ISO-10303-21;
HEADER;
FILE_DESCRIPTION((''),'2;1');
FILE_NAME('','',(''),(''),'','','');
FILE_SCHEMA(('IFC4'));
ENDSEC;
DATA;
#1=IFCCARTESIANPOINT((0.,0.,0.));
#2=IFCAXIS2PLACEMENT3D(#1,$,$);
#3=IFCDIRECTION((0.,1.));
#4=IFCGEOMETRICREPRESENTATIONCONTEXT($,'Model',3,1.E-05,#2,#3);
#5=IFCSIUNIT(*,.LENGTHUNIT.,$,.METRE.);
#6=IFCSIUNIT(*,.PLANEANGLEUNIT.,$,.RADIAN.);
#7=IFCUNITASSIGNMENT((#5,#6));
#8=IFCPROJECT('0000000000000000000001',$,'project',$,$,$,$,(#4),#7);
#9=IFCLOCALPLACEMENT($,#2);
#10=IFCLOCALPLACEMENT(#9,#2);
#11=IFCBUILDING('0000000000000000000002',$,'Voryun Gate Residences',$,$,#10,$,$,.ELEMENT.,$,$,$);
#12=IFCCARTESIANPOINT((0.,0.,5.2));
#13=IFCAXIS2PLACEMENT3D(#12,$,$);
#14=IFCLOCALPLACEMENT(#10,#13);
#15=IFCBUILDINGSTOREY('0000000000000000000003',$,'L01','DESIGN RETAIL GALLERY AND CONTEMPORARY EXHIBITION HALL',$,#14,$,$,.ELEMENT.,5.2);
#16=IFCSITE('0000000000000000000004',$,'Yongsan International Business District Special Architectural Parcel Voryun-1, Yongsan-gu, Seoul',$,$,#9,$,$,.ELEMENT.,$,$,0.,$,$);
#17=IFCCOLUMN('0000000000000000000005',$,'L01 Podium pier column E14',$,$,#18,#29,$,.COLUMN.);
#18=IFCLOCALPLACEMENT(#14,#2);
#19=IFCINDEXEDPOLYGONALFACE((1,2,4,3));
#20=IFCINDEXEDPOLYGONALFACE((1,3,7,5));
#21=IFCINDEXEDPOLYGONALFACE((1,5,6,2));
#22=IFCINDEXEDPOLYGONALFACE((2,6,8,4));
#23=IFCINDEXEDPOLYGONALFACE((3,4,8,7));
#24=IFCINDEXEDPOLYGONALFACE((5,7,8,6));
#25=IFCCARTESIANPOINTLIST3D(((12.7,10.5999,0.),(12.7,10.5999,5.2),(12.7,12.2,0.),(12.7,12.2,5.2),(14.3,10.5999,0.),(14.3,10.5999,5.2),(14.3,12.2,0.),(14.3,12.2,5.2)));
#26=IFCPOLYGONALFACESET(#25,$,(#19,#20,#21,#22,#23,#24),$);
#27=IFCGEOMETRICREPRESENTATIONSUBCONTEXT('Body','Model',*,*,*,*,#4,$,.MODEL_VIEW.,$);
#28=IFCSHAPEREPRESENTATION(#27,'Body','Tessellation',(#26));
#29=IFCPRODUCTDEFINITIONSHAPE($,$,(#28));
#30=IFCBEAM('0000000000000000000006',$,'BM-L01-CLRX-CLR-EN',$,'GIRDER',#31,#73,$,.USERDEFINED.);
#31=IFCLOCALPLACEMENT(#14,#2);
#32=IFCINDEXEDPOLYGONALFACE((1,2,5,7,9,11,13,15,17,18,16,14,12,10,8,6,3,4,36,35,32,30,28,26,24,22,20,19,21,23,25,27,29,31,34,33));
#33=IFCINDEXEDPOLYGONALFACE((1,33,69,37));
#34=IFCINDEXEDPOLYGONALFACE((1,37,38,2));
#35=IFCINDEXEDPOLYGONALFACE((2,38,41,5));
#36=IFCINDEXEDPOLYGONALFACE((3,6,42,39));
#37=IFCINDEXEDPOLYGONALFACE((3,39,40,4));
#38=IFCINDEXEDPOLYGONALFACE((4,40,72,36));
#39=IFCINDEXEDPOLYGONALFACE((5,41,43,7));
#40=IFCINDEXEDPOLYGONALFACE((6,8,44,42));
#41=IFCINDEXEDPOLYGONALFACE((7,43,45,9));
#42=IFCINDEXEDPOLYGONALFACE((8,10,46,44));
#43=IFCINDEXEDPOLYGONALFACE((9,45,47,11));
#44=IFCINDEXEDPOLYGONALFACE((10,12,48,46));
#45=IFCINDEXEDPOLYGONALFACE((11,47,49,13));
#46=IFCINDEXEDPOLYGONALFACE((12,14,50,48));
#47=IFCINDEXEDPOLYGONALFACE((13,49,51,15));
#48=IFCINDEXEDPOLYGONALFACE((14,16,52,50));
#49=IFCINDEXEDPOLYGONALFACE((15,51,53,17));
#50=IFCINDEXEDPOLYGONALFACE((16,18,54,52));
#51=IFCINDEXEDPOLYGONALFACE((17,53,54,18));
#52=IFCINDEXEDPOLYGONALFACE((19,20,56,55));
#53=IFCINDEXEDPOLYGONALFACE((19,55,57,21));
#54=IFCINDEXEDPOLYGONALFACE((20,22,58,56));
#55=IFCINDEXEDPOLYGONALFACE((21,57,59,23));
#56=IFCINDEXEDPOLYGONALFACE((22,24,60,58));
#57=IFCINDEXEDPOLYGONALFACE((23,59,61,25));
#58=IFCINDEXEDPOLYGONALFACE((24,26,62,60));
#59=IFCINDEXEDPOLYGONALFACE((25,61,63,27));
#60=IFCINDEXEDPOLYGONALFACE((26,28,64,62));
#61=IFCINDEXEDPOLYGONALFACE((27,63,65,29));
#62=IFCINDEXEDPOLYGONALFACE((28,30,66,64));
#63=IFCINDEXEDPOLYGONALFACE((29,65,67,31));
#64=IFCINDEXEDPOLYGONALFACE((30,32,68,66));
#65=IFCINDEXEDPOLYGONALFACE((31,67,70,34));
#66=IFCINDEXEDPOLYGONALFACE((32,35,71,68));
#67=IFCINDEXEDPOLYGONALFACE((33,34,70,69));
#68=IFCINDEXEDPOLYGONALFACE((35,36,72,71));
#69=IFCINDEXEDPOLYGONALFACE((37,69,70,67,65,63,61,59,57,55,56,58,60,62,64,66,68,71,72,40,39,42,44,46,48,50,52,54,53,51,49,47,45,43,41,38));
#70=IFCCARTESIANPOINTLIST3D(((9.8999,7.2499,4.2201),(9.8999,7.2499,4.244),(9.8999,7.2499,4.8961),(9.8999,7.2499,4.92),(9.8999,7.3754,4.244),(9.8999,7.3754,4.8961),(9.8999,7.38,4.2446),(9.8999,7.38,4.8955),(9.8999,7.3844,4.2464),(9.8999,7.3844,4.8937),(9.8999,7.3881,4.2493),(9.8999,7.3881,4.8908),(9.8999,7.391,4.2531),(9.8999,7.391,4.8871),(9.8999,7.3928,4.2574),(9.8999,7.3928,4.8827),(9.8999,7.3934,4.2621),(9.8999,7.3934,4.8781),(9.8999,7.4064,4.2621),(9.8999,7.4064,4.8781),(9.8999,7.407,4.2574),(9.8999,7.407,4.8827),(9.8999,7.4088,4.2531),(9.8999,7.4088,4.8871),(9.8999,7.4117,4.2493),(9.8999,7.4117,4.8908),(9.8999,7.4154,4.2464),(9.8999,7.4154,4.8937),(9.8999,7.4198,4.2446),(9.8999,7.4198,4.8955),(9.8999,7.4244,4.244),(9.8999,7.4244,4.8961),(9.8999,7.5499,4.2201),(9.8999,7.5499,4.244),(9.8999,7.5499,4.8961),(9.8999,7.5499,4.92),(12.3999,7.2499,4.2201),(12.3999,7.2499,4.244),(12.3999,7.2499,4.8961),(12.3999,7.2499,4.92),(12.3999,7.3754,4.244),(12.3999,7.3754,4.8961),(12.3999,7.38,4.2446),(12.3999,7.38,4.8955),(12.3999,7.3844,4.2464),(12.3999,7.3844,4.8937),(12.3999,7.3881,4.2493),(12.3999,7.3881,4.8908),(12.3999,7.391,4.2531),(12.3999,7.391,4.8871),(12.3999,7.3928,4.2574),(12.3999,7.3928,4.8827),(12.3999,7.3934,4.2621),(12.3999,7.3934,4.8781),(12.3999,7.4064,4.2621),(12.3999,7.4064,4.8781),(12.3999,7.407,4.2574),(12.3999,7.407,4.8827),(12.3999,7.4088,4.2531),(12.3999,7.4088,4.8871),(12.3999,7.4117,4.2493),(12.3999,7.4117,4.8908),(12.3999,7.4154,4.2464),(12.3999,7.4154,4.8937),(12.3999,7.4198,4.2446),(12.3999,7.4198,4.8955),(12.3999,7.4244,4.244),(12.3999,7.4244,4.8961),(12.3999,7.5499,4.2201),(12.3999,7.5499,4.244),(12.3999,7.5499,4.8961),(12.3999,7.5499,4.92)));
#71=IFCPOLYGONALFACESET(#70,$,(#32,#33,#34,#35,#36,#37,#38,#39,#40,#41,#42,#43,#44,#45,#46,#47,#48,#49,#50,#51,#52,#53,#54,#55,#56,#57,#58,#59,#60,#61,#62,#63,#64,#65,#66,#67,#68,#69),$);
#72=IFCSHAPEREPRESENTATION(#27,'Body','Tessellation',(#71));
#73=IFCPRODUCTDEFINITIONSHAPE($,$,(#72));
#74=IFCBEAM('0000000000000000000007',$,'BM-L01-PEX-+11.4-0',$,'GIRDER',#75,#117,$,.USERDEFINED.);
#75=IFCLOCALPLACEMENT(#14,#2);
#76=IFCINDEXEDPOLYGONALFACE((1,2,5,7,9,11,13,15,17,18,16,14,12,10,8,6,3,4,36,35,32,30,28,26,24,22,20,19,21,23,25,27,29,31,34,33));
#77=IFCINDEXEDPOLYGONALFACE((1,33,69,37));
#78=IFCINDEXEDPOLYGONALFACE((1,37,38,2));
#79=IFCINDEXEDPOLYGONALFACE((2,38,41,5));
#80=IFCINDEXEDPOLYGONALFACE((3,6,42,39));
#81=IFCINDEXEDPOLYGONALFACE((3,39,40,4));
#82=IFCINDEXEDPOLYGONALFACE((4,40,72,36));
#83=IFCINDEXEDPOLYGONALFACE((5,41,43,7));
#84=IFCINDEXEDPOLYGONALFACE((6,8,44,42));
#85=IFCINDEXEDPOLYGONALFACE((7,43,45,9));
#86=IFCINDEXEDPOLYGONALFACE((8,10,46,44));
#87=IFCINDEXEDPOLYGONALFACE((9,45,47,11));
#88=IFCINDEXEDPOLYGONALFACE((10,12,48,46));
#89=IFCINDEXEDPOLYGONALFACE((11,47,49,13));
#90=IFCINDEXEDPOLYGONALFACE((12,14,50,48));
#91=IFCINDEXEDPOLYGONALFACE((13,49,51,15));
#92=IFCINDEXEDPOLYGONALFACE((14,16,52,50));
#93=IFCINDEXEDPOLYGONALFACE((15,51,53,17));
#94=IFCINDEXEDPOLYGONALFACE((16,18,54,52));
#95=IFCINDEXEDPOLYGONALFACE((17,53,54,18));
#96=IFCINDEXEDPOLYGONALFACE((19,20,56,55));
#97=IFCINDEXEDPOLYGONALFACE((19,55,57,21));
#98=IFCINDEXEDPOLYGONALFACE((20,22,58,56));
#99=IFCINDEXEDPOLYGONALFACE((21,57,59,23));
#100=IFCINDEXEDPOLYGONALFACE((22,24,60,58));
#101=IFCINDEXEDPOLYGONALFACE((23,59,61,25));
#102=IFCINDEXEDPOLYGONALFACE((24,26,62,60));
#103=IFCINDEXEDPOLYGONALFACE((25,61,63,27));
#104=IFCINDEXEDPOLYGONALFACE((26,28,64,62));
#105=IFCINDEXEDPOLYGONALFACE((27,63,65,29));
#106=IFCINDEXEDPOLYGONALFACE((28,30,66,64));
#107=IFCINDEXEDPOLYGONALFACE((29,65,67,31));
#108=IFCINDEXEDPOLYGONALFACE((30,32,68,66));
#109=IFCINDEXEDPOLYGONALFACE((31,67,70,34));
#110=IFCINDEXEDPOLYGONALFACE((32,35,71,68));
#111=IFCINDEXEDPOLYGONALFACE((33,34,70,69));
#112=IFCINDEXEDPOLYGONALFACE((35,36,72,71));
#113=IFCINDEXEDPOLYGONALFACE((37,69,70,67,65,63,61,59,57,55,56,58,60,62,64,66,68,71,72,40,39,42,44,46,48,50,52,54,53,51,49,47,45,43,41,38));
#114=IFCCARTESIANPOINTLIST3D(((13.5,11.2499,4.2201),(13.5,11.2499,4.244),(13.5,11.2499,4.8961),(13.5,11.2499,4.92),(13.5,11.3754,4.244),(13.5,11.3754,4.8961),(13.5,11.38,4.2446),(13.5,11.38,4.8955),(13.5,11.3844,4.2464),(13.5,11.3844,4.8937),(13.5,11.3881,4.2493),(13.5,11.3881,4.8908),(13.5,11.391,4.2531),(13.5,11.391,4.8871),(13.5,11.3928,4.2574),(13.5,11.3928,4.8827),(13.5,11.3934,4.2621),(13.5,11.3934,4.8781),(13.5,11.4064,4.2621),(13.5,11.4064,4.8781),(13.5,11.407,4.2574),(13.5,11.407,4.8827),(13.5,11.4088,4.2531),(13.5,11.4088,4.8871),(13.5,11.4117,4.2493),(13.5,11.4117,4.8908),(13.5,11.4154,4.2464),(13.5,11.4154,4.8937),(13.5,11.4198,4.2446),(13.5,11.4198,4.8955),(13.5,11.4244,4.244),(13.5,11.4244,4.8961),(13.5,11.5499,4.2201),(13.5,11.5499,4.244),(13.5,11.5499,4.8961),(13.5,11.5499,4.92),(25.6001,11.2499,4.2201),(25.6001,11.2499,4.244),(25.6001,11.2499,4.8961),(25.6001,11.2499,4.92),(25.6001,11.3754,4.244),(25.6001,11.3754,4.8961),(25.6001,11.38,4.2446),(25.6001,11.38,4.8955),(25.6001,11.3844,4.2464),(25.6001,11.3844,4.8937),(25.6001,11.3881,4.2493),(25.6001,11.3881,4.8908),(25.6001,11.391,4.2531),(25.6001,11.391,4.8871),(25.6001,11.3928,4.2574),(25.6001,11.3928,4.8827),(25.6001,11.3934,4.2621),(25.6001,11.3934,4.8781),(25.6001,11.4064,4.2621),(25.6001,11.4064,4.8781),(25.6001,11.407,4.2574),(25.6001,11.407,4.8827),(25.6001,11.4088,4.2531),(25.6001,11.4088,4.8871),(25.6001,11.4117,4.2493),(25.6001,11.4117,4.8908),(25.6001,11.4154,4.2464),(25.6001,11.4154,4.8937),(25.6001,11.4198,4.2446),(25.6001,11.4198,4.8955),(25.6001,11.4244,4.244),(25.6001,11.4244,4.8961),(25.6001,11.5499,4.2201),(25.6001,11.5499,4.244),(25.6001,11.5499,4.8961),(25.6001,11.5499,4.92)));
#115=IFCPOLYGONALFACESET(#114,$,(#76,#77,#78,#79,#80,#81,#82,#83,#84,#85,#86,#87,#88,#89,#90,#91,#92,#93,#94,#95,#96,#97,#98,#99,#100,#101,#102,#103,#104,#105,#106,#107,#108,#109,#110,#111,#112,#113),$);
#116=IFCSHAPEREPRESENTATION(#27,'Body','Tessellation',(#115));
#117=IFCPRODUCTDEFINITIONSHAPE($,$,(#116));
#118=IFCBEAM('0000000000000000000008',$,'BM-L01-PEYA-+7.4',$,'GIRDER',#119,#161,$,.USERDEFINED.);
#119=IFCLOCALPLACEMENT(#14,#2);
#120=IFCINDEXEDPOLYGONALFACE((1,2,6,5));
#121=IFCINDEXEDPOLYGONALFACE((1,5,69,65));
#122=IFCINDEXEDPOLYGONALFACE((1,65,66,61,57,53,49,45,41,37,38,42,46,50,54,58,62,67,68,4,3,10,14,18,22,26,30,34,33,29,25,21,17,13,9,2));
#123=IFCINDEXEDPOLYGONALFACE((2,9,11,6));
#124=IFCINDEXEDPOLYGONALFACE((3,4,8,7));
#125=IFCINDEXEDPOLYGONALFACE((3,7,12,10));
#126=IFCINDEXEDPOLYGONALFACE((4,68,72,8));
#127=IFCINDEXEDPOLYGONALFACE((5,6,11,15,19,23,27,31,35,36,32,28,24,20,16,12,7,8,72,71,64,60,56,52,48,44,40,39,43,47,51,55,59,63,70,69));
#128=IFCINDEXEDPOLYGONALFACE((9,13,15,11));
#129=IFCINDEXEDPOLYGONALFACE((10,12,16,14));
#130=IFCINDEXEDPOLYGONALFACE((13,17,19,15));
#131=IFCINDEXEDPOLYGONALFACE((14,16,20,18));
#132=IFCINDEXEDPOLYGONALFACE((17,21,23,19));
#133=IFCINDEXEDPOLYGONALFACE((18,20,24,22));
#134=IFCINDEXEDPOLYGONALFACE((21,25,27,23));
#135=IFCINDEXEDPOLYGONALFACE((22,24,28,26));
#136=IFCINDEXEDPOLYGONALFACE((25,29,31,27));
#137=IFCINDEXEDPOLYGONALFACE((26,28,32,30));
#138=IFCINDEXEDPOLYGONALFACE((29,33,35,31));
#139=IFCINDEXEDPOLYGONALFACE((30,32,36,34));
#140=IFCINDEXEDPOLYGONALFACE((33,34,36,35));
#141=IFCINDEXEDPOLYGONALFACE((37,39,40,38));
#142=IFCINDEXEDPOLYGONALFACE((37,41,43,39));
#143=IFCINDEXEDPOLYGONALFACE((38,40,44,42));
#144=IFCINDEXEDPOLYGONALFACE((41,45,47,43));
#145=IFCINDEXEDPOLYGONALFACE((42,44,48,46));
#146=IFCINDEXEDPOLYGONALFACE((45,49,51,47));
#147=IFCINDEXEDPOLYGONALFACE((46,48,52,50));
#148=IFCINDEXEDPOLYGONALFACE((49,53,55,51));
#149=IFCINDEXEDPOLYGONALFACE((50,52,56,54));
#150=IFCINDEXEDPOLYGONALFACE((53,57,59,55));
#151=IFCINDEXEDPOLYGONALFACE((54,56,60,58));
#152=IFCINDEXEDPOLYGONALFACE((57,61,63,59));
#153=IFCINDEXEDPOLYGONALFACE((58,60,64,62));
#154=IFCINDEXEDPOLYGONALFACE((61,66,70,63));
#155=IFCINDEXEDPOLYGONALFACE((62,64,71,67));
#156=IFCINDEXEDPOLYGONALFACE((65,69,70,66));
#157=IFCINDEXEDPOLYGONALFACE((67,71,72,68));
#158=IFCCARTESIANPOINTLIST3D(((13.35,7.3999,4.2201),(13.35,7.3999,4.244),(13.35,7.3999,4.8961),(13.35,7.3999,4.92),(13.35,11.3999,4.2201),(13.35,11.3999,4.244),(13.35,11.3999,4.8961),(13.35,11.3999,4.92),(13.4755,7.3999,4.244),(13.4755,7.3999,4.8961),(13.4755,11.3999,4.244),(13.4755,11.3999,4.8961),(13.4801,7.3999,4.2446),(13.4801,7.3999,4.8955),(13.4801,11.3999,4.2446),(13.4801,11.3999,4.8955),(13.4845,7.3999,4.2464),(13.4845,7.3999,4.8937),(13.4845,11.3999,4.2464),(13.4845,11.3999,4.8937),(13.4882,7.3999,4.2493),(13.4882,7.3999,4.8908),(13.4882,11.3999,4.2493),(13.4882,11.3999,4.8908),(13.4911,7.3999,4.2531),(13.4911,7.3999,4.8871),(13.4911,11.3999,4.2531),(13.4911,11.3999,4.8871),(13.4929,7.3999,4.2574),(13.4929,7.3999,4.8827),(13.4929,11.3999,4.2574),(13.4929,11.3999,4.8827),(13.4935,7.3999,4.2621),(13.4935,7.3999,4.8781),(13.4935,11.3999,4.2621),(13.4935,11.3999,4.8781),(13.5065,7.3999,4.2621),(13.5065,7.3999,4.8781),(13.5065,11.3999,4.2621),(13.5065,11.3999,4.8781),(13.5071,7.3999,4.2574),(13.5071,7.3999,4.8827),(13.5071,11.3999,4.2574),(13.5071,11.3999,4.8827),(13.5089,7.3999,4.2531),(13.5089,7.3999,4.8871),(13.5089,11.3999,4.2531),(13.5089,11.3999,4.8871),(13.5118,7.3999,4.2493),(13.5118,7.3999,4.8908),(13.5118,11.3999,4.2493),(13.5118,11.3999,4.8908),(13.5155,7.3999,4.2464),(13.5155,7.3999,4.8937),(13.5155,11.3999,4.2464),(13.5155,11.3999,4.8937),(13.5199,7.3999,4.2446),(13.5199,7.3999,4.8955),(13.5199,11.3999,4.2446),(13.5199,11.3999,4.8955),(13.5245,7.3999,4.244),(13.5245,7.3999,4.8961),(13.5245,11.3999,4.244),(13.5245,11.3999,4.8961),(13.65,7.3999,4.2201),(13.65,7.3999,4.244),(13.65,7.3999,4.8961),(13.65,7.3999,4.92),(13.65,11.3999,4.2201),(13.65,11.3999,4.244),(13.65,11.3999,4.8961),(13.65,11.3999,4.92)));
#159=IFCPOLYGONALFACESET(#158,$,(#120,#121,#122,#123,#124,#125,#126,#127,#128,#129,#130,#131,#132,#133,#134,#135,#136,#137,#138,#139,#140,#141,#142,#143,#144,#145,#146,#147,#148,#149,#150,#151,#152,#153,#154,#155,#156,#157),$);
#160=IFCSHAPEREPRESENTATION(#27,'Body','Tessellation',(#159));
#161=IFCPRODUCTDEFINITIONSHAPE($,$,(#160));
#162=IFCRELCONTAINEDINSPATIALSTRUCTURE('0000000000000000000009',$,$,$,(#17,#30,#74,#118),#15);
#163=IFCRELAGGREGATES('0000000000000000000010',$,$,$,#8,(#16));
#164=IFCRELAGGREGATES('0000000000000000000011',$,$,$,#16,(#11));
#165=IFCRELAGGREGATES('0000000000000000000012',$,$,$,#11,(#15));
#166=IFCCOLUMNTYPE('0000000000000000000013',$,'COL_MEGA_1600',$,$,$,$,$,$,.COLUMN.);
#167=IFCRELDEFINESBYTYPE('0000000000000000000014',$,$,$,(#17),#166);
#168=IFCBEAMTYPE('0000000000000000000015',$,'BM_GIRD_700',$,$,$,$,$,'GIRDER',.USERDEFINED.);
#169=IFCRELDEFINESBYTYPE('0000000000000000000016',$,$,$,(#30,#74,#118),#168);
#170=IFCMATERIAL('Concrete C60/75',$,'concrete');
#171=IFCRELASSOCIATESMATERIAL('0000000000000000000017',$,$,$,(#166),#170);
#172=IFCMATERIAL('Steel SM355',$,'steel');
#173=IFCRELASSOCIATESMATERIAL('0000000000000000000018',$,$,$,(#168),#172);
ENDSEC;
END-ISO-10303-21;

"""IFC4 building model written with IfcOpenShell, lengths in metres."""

from ifc_helpers import new_model, si_unit, direction, frame, origin, origin_2d, place, context, subcontext, project, spatial, rectangle, i_section, extrude, material, material_profile, profile_set, type_object, element, save


model = new_model("IFC4")

# Units and contexts
model_context = context("Model", 3, precision=1e-05, world=origin(), true_north=direction((0.0, 1.0)))
body_context = subcontext(model_context, "Body", "Model", "MODEL_VIEW")
ifc_project = project(units=[si_unit("LENGTHUNIT", "METRE"), si_unit("PLANEANGLEUNIT", "RADIAN")], contexts=[model_context])

# Site, building, storey
site_placement = place(None, origin())
site = spatial("IfcSite", under=ifc_project, at=site_placement, Name="Yongsan International Business District Special Architectural Parcel Voryun-1, Yongsan-gu, Seoul", CompositionType="ELEMENT", RefElevation=0.0)
building_placement = place(site_placement, origin())
building = spatial("IfcBuilding", under=site, at=building_placement, Name="Voryun Gate Residences", CompositionType="ELEMENT")
storey_placement = place(building_placement, frame((0.0, 0.0, 5.2)))
storey = spatial("IfcBuildingStorey", under=building, at=storey_placement, Name="L01", Description="DESIGN RETAIL GALLERY AND CONTEMPORARY EXHIBITION HALL", CompositionType="ELEMENT", Elevation=5.2)

# Column
ifc_material_1 = material(Name="Concrete C60/75", Category="concrete")
ifc_material_profile_1 = material_profile(ifc_material_1, rectangle(XDim=1.6001, YDim=1.6001, at=origin_2d()), Name="RC-1600x1600")
ifc_profile_set_1 = profile_set([ifc_material_profile_1], Name="Concrete C60/75")
column_type = type_object("IfcColumnType", Name="COL_MEGA_1600", PredefinedType="COLUMN", material=ifc_profile_set_1)
column_placement = place(storey_placement, frame((13.5, 11.3999, 0.0), z_axis=(0.0, 0.0, 1.0), x_axis=(1.0, 0.0, 0.0)))
element("IfcColumn", 1, at=column_placement, inside=storey, type_object=column_type, Name="L01 Podium pier column E14", PredefinedType="COLUMN", context=body_context, shape_type="SweptSolid", body=[
    extrude(rectangle(XDim=1.6001, YDim=1.6001, at=origin_2d()), origin(), (0.0, 0.0, 1.0), 5.2),
])

# Beams
ifc_material_2 = material(Name="Steel SM355", Category="steel")
ifc_material_profile_2 = material_profile(ifc_material_2, i_section(OverallWidth=0.3, OverallDepth=0.7, WebThickness=0.0129, FlangeThickness=0.0239, FilletRadius=0.0181, at=origin_2d()), Name="H-700x300x13x24")
ifc_profile_set_2 = profile_set([ifc_material_profile_2], Name="Steel SM355")
beam_type = type_object("IfcBeamType", Name="BM_GIRD_700", ElementType="GIRDER", PredefinedType="USERDEFINED", material=ifc_profile_set_2)
beam_1_placement = place(storey_placement, frame((12.3999, 7.3999, 4.5701), z_axis=(-1.0, 0.0, 0.0), x_axis=(0.0, -1.0, 0.0)))
element("IfcBeam", 2, at=beam_1_placement, inside=storey, type_object=beam_type, Name="BM-L01-CLRX-CLR-EN", ObjectType="GIRDER", PredefinedType="USERDEFINED", context=body_context, shape_type="SweptSolid", body=[
    extrude(i_section(OverallWidth=0.3, OverallDepth=0.7, WebThickness=0.0129, FlangeThickness=0.0239, FilletRadius=0.0181, at=origin_2d()), origin(), (0.0, 0.0, 1.0), 2.5),
])
beam_2_placement = place(storey_placement, frame((13.5, 11.3999, 4.5701), z_axis=(1.0, 0.0, 0.0), x_axis=(0.0, 1.0, 0.0)))
element("IfcBeam", 3, at=beam_2_placement, inside=storey, type_object=beam_type, Name="BM-L01-PEX-+11.4-0", ObjectType="GIRDER", PredefinedType="USERDEFINED", context=body_context, shape_type="SweptSolid", body=[
    extrude(i_section(OverallWidth=0.3, OverallDepth=0.7, WebThickness=0.0129, FlangeThickness=0.0239, FilletRadius=0.0181, at=origin_2d()), origin(), (0.0, 0.0, 1.0), 12.1001),
])
beam_3_placement = place(storey_placement, frame((13.5, 7.3999, 4.5701), z_axis=(0.0, 1.0, 0.0), x_axis=(-1.0, 0.0, 0.0)))
element("IfcBeam", 4, at=beam_3_placement, inside=storey, type_object=beam_type, Name="BM-L01-PEYA-+7.4", ObjectType="GIRDER", PredefinedType="USERDEFINED", context=body_context, shape_type="SweptSolid", body=[
    extrude(i_section(OverallWidth=0.3, OverallDepth=0.7, WebThickness=0.0129, FlangeThickness=0.0239, FilletRadius=0.0181, at=origin_2d()), origin(), (0.0, 0.0, 1.0), 4.0),
])

save(model, "model.ifc")
